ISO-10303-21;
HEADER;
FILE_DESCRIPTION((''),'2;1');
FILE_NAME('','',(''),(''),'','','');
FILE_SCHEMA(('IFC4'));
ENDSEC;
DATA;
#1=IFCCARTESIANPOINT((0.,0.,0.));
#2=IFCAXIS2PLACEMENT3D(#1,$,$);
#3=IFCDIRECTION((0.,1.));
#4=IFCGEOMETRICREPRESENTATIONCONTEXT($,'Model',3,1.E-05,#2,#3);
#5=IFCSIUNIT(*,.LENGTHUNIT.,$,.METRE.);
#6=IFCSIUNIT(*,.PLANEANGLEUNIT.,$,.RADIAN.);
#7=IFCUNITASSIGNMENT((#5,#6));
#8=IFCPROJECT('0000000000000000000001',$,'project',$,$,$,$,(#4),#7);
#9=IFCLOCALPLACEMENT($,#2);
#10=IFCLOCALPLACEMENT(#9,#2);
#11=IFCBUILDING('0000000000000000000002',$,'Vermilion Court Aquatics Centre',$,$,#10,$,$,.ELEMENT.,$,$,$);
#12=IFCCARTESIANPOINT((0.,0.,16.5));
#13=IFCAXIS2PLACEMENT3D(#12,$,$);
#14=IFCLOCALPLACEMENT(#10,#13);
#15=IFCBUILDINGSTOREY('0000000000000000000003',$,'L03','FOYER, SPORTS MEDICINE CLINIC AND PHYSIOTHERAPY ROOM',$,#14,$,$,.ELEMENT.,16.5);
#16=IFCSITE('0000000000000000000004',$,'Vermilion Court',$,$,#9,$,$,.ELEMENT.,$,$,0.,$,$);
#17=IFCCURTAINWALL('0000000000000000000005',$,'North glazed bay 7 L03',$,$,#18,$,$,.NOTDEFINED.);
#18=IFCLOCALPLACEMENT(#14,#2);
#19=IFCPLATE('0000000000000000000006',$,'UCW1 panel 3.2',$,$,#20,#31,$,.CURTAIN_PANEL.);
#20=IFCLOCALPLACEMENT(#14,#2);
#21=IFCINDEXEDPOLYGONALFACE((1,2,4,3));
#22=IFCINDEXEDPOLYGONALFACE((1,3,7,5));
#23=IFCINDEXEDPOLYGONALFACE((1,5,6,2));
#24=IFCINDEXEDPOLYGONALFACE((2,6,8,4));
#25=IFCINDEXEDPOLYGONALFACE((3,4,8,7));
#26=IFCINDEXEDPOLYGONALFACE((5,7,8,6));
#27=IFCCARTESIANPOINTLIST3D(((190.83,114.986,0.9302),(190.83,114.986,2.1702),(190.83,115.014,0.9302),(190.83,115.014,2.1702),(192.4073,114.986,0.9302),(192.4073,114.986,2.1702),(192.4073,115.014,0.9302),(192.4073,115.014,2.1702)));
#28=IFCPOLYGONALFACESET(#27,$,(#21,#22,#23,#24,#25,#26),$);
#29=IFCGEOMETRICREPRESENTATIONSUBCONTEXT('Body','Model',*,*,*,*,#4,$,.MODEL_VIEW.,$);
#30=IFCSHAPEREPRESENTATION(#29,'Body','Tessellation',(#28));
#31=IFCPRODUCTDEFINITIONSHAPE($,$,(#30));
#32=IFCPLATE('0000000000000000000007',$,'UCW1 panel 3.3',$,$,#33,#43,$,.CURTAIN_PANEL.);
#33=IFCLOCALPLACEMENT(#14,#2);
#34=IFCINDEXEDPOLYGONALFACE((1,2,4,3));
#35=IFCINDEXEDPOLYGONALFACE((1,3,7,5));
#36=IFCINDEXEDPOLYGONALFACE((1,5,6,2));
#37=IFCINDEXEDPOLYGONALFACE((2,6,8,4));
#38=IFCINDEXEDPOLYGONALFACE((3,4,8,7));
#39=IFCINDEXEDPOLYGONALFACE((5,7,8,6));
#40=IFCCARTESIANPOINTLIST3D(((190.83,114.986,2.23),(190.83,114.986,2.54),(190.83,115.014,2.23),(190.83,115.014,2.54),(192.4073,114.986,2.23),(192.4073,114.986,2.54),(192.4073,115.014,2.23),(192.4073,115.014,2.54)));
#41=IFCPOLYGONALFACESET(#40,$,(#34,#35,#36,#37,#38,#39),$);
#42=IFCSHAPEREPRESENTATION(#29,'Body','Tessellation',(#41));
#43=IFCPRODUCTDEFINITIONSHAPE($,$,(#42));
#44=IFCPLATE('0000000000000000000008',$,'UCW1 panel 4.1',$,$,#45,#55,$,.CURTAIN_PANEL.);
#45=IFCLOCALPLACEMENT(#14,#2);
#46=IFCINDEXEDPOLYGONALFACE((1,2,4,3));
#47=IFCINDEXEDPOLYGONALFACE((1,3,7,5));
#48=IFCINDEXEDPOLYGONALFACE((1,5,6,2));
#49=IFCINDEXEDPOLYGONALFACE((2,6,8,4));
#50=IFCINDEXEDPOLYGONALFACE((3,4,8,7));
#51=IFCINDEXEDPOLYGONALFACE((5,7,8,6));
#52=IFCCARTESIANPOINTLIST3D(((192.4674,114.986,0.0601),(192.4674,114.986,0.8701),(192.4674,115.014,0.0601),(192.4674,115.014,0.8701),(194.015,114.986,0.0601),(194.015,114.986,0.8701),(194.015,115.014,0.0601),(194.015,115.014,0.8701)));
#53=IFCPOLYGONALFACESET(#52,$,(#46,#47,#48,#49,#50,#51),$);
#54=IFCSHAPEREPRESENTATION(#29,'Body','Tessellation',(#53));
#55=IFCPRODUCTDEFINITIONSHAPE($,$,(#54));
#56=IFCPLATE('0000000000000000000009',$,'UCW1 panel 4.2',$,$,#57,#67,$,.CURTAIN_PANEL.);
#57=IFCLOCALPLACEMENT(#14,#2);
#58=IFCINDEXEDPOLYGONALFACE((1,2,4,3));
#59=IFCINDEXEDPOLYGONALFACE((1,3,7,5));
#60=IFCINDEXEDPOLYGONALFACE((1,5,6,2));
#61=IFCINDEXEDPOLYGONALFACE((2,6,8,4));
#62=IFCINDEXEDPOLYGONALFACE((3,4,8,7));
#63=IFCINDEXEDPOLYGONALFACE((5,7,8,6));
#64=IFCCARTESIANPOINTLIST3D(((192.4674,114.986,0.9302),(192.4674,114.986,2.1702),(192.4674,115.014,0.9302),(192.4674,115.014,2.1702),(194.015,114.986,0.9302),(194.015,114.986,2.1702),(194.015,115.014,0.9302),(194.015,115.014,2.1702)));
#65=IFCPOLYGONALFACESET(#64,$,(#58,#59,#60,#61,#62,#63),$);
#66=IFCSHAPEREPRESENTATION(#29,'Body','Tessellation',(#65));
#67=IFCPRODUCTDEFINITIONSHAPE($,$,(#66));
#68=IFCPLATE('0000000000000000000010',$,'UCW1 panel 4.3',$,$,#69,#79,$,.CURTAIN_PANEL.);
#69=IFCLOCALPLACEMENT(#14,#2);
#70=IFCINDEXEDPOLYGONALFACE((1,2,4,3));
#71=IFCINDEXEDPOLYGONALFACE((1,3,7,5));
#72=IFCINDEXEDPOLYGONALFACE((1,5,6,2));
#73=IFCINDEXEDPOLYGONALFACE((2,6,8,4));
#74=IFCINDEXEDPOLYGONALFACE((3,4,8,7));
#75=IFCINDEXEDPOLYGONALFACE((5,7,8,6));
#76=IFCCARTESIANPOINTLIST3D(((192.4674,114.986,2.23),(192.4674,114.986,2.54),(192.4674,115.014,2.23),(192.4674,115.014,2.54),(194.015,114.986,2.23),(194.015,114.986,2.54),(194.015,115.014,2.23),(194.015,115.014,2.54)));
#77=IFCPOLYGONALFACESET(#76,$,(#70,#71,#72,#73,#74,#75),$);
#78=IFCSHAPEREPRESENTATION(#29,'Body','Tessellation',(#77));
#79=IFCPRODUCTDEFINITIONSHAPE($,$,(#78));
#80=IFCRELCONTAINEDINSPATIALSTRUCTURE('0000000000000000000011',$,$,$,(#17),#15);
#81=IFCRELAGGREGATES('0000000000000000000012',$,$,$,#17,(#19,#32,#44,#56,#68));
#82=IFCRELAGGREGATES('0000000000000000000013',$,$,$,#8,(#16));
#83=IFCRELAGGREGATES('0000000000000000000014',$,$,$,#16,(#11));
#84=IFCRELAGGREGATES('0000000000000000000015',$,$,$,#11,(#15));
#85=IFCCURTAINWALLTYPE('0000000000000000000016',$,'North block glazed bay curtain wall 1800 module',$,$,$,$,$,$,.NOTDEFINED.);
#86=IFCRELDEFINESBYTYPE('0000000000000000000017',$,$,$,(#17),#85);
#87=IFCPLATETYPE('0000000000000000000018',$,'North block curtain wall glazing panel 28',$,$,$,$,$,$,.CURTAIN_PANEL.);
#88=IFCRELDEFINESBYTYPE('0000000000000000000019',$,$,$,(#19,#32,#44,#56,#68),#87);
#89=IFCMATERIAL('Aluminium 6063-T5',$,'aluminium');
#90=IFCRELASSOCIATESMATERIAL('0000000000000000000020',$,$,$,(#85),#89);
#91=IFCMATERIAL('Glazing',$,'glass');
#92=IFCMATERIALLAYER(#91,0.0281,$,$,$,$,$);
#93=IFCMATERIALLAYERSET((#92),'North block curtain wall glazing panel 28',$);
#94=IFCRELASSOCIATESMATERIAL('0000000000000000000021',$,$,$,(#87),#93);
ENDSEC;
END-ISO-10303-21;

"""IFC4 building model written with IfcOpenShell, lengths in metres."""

from ifc_helpers import new_model, si_unit, direction, frame, origin, origin_2d, place, context, subcontext, project, spatial, rectangle, extrude, material, layer, layer_set, type_object, element, aggregate, save


model = new_model("IFC4")

# Units and contexts
model_context = context("Model", 3, precision=1e-05, world=origin(), true_north=direction((0.0, 1.0)))
body_context = subcontext(model_context, "Body", "Model", "MODEL_VIEW")
ifc_project = project(units=[si_unit("LENGTHUNIT", "METRE"), si_unit("PLANEANGLEUNIT", "RADIAN")], contexts=[model_context])

# Site, building, storey
site_placement = place(None, origin())
site = spatial("IfcSite", under=ifc_project, at=site_placement, Name="Vermilion Court", CompositionType="ELEMENT", RefElevation=0.0)
building_placement = place(site_placement, origin())
building = spatial("IfcBuilding", under=site, at=building_placement, Name="Vermilion Court Aquatics Centre", CompositionType="ELEMENT")
storey_placement = place(building_placement, frame((0.0, 0.0, 16.5)))
storey = spatial("IfcBuildingStorey", under=building, at=storey_placement, Name="L03", Description="FOYER, SPORTS MEDICINE CLINIC AND PHYSIOTHERAPY ROOM", CompositionType="ELEMENT", Elevation=16.5)

# Curtain wall, plates
ifc_material_1 = material(Name="Aluminium 6063-T5", Category="aluminium")
curtain_wall_type = type_object("IfcCurtainWallType", Name="North block glazed bay curtain wall 1800 module", PredefinedType="NOTDEFINED", material=ifc_material_1)
curtain_wall_placement = place(storey_placement, origin())
curtain_wall = element("IfcCurtainWall", 1, at=curtain_wall_placement, inside=storey, type_object=curtain_wall_type, Name="North glazed bay 7 L03", PredefinedType="NOTDEFINED")
ifc_material_2 = material(Name="Glazing", Category="glass")
ifc_layer = layer(ifc_material_2, 0.0281)
ifc_layer_set = layer_set([ifc_layer], Name="North block curtain wall glazing panel 28")
plate_type = type_object("IfcPlateType", Name="North block curtain wall glazing panel 28", PredefinedType="CURTAIN_PANEL", material=ifc_layer_set)
plate_1_placement = place(storey_placement, frame((191.6187, 115.0, 0.9302), z_axis=(0.0, 0.0, 1.0), x_axis=(1.0, 0.0, 0.0)))
plate_1 = element("IfcPlate", 2, at=plate_1_placement, type_object=plate_type, Name="UCW1 panel 3.2", PredefinedType="CURTAIN_PANEL", context=body_context, shape_type="SweptSolid", body=[
    extrude(rectangle(XDim=1.5774, YDim=0.0281, at=origin_2d()), origin(), (0.0, 0.0, 1.0), 1.24),
])
plate_2_placement = place(storey_placement, frame((191.6187, 115.0, 2.23), z_axis=(0.0, 0.0, 1.0), x_axis=(1.0, 0.0, 0.0)))
plate_2 = element("IfcPlate", 3, at=plate_2_placement, type_object=plate_type, Name="UCW1 panel 3.3", PredefinedType="CURTAIN_PANEL", context=body_context, shape_type="SweptSolid", body=[
    extrude(rectangle(XDim=1.5774, YDim=0.0281, at=origin_2d()), origin(), (0.0, 0.0, 1.0), 0.3101),
])
plate_3_placement = place(storey_placement, frame((193.2412, 115.0, 0.0601), z_axis=(0.0, 0.0, 1.0), x_axis=(1.0, 0.0, 0.0)))
plate_3 = element("IfcPlate", 4, at=plate_3_placement, type_object=plate_type, Name="UCW1 panel 4.1", PredefinedType="CURTAIN_PANEL", context=body_context, shape_type="SweptSolid", body=[
    extrude(rectangle(XDim=1.5476, YDim=0.0281, at=origin_2d()), origin(), (0.0, 0.0, 1.0), 0.8101),
])
plate_4_placement = place(storey_placement, frame((193.2412, 115.0, 0.9302), z_axis=(0.0, 0.0, 1.0), x_axis=(1.0, 0.0, 0.0)))
plate_4 = element("IfcPlate", 5, at=plate_4_placement, type_object=plate_type, Name="UCW1 panel 4.2", PredefinedType="CURTAIN_PANEL", context=body_context, shape_type="SweptSolid", body=[
    extrude(rectangle(XDim=1.5476, YDim=0.0281, at=origin_2d()), origin(), (0.0, 0.0, 1.0), 1.24),
])
plate_5_placement = place(storey_placement, frame((193.2412, 115.0, 2.23), z_axis=(0.0, 0.0, 1.0), x_axis=(1.0, 0.0, 0.0)))
plate_5 = element("IfcPlate", 6, at=plate_5_placement, type_object=plate_type, Name="UCW1 panel 4.3", PredefinedType="CURTAIN_PANEL", context=body_context, shape_type="SweptSolid", body=[
    extrude(rectangle(XDim=1.5476, YDim=0.0281, at=origin_2d()), origin(), (0.0, 0.0, 1.0), 0.3101),
])
aggregate(curtain_wall, [plate_1, plate_2, plate_3, plate_4, plate_5])

save(model, "model.ifc")
